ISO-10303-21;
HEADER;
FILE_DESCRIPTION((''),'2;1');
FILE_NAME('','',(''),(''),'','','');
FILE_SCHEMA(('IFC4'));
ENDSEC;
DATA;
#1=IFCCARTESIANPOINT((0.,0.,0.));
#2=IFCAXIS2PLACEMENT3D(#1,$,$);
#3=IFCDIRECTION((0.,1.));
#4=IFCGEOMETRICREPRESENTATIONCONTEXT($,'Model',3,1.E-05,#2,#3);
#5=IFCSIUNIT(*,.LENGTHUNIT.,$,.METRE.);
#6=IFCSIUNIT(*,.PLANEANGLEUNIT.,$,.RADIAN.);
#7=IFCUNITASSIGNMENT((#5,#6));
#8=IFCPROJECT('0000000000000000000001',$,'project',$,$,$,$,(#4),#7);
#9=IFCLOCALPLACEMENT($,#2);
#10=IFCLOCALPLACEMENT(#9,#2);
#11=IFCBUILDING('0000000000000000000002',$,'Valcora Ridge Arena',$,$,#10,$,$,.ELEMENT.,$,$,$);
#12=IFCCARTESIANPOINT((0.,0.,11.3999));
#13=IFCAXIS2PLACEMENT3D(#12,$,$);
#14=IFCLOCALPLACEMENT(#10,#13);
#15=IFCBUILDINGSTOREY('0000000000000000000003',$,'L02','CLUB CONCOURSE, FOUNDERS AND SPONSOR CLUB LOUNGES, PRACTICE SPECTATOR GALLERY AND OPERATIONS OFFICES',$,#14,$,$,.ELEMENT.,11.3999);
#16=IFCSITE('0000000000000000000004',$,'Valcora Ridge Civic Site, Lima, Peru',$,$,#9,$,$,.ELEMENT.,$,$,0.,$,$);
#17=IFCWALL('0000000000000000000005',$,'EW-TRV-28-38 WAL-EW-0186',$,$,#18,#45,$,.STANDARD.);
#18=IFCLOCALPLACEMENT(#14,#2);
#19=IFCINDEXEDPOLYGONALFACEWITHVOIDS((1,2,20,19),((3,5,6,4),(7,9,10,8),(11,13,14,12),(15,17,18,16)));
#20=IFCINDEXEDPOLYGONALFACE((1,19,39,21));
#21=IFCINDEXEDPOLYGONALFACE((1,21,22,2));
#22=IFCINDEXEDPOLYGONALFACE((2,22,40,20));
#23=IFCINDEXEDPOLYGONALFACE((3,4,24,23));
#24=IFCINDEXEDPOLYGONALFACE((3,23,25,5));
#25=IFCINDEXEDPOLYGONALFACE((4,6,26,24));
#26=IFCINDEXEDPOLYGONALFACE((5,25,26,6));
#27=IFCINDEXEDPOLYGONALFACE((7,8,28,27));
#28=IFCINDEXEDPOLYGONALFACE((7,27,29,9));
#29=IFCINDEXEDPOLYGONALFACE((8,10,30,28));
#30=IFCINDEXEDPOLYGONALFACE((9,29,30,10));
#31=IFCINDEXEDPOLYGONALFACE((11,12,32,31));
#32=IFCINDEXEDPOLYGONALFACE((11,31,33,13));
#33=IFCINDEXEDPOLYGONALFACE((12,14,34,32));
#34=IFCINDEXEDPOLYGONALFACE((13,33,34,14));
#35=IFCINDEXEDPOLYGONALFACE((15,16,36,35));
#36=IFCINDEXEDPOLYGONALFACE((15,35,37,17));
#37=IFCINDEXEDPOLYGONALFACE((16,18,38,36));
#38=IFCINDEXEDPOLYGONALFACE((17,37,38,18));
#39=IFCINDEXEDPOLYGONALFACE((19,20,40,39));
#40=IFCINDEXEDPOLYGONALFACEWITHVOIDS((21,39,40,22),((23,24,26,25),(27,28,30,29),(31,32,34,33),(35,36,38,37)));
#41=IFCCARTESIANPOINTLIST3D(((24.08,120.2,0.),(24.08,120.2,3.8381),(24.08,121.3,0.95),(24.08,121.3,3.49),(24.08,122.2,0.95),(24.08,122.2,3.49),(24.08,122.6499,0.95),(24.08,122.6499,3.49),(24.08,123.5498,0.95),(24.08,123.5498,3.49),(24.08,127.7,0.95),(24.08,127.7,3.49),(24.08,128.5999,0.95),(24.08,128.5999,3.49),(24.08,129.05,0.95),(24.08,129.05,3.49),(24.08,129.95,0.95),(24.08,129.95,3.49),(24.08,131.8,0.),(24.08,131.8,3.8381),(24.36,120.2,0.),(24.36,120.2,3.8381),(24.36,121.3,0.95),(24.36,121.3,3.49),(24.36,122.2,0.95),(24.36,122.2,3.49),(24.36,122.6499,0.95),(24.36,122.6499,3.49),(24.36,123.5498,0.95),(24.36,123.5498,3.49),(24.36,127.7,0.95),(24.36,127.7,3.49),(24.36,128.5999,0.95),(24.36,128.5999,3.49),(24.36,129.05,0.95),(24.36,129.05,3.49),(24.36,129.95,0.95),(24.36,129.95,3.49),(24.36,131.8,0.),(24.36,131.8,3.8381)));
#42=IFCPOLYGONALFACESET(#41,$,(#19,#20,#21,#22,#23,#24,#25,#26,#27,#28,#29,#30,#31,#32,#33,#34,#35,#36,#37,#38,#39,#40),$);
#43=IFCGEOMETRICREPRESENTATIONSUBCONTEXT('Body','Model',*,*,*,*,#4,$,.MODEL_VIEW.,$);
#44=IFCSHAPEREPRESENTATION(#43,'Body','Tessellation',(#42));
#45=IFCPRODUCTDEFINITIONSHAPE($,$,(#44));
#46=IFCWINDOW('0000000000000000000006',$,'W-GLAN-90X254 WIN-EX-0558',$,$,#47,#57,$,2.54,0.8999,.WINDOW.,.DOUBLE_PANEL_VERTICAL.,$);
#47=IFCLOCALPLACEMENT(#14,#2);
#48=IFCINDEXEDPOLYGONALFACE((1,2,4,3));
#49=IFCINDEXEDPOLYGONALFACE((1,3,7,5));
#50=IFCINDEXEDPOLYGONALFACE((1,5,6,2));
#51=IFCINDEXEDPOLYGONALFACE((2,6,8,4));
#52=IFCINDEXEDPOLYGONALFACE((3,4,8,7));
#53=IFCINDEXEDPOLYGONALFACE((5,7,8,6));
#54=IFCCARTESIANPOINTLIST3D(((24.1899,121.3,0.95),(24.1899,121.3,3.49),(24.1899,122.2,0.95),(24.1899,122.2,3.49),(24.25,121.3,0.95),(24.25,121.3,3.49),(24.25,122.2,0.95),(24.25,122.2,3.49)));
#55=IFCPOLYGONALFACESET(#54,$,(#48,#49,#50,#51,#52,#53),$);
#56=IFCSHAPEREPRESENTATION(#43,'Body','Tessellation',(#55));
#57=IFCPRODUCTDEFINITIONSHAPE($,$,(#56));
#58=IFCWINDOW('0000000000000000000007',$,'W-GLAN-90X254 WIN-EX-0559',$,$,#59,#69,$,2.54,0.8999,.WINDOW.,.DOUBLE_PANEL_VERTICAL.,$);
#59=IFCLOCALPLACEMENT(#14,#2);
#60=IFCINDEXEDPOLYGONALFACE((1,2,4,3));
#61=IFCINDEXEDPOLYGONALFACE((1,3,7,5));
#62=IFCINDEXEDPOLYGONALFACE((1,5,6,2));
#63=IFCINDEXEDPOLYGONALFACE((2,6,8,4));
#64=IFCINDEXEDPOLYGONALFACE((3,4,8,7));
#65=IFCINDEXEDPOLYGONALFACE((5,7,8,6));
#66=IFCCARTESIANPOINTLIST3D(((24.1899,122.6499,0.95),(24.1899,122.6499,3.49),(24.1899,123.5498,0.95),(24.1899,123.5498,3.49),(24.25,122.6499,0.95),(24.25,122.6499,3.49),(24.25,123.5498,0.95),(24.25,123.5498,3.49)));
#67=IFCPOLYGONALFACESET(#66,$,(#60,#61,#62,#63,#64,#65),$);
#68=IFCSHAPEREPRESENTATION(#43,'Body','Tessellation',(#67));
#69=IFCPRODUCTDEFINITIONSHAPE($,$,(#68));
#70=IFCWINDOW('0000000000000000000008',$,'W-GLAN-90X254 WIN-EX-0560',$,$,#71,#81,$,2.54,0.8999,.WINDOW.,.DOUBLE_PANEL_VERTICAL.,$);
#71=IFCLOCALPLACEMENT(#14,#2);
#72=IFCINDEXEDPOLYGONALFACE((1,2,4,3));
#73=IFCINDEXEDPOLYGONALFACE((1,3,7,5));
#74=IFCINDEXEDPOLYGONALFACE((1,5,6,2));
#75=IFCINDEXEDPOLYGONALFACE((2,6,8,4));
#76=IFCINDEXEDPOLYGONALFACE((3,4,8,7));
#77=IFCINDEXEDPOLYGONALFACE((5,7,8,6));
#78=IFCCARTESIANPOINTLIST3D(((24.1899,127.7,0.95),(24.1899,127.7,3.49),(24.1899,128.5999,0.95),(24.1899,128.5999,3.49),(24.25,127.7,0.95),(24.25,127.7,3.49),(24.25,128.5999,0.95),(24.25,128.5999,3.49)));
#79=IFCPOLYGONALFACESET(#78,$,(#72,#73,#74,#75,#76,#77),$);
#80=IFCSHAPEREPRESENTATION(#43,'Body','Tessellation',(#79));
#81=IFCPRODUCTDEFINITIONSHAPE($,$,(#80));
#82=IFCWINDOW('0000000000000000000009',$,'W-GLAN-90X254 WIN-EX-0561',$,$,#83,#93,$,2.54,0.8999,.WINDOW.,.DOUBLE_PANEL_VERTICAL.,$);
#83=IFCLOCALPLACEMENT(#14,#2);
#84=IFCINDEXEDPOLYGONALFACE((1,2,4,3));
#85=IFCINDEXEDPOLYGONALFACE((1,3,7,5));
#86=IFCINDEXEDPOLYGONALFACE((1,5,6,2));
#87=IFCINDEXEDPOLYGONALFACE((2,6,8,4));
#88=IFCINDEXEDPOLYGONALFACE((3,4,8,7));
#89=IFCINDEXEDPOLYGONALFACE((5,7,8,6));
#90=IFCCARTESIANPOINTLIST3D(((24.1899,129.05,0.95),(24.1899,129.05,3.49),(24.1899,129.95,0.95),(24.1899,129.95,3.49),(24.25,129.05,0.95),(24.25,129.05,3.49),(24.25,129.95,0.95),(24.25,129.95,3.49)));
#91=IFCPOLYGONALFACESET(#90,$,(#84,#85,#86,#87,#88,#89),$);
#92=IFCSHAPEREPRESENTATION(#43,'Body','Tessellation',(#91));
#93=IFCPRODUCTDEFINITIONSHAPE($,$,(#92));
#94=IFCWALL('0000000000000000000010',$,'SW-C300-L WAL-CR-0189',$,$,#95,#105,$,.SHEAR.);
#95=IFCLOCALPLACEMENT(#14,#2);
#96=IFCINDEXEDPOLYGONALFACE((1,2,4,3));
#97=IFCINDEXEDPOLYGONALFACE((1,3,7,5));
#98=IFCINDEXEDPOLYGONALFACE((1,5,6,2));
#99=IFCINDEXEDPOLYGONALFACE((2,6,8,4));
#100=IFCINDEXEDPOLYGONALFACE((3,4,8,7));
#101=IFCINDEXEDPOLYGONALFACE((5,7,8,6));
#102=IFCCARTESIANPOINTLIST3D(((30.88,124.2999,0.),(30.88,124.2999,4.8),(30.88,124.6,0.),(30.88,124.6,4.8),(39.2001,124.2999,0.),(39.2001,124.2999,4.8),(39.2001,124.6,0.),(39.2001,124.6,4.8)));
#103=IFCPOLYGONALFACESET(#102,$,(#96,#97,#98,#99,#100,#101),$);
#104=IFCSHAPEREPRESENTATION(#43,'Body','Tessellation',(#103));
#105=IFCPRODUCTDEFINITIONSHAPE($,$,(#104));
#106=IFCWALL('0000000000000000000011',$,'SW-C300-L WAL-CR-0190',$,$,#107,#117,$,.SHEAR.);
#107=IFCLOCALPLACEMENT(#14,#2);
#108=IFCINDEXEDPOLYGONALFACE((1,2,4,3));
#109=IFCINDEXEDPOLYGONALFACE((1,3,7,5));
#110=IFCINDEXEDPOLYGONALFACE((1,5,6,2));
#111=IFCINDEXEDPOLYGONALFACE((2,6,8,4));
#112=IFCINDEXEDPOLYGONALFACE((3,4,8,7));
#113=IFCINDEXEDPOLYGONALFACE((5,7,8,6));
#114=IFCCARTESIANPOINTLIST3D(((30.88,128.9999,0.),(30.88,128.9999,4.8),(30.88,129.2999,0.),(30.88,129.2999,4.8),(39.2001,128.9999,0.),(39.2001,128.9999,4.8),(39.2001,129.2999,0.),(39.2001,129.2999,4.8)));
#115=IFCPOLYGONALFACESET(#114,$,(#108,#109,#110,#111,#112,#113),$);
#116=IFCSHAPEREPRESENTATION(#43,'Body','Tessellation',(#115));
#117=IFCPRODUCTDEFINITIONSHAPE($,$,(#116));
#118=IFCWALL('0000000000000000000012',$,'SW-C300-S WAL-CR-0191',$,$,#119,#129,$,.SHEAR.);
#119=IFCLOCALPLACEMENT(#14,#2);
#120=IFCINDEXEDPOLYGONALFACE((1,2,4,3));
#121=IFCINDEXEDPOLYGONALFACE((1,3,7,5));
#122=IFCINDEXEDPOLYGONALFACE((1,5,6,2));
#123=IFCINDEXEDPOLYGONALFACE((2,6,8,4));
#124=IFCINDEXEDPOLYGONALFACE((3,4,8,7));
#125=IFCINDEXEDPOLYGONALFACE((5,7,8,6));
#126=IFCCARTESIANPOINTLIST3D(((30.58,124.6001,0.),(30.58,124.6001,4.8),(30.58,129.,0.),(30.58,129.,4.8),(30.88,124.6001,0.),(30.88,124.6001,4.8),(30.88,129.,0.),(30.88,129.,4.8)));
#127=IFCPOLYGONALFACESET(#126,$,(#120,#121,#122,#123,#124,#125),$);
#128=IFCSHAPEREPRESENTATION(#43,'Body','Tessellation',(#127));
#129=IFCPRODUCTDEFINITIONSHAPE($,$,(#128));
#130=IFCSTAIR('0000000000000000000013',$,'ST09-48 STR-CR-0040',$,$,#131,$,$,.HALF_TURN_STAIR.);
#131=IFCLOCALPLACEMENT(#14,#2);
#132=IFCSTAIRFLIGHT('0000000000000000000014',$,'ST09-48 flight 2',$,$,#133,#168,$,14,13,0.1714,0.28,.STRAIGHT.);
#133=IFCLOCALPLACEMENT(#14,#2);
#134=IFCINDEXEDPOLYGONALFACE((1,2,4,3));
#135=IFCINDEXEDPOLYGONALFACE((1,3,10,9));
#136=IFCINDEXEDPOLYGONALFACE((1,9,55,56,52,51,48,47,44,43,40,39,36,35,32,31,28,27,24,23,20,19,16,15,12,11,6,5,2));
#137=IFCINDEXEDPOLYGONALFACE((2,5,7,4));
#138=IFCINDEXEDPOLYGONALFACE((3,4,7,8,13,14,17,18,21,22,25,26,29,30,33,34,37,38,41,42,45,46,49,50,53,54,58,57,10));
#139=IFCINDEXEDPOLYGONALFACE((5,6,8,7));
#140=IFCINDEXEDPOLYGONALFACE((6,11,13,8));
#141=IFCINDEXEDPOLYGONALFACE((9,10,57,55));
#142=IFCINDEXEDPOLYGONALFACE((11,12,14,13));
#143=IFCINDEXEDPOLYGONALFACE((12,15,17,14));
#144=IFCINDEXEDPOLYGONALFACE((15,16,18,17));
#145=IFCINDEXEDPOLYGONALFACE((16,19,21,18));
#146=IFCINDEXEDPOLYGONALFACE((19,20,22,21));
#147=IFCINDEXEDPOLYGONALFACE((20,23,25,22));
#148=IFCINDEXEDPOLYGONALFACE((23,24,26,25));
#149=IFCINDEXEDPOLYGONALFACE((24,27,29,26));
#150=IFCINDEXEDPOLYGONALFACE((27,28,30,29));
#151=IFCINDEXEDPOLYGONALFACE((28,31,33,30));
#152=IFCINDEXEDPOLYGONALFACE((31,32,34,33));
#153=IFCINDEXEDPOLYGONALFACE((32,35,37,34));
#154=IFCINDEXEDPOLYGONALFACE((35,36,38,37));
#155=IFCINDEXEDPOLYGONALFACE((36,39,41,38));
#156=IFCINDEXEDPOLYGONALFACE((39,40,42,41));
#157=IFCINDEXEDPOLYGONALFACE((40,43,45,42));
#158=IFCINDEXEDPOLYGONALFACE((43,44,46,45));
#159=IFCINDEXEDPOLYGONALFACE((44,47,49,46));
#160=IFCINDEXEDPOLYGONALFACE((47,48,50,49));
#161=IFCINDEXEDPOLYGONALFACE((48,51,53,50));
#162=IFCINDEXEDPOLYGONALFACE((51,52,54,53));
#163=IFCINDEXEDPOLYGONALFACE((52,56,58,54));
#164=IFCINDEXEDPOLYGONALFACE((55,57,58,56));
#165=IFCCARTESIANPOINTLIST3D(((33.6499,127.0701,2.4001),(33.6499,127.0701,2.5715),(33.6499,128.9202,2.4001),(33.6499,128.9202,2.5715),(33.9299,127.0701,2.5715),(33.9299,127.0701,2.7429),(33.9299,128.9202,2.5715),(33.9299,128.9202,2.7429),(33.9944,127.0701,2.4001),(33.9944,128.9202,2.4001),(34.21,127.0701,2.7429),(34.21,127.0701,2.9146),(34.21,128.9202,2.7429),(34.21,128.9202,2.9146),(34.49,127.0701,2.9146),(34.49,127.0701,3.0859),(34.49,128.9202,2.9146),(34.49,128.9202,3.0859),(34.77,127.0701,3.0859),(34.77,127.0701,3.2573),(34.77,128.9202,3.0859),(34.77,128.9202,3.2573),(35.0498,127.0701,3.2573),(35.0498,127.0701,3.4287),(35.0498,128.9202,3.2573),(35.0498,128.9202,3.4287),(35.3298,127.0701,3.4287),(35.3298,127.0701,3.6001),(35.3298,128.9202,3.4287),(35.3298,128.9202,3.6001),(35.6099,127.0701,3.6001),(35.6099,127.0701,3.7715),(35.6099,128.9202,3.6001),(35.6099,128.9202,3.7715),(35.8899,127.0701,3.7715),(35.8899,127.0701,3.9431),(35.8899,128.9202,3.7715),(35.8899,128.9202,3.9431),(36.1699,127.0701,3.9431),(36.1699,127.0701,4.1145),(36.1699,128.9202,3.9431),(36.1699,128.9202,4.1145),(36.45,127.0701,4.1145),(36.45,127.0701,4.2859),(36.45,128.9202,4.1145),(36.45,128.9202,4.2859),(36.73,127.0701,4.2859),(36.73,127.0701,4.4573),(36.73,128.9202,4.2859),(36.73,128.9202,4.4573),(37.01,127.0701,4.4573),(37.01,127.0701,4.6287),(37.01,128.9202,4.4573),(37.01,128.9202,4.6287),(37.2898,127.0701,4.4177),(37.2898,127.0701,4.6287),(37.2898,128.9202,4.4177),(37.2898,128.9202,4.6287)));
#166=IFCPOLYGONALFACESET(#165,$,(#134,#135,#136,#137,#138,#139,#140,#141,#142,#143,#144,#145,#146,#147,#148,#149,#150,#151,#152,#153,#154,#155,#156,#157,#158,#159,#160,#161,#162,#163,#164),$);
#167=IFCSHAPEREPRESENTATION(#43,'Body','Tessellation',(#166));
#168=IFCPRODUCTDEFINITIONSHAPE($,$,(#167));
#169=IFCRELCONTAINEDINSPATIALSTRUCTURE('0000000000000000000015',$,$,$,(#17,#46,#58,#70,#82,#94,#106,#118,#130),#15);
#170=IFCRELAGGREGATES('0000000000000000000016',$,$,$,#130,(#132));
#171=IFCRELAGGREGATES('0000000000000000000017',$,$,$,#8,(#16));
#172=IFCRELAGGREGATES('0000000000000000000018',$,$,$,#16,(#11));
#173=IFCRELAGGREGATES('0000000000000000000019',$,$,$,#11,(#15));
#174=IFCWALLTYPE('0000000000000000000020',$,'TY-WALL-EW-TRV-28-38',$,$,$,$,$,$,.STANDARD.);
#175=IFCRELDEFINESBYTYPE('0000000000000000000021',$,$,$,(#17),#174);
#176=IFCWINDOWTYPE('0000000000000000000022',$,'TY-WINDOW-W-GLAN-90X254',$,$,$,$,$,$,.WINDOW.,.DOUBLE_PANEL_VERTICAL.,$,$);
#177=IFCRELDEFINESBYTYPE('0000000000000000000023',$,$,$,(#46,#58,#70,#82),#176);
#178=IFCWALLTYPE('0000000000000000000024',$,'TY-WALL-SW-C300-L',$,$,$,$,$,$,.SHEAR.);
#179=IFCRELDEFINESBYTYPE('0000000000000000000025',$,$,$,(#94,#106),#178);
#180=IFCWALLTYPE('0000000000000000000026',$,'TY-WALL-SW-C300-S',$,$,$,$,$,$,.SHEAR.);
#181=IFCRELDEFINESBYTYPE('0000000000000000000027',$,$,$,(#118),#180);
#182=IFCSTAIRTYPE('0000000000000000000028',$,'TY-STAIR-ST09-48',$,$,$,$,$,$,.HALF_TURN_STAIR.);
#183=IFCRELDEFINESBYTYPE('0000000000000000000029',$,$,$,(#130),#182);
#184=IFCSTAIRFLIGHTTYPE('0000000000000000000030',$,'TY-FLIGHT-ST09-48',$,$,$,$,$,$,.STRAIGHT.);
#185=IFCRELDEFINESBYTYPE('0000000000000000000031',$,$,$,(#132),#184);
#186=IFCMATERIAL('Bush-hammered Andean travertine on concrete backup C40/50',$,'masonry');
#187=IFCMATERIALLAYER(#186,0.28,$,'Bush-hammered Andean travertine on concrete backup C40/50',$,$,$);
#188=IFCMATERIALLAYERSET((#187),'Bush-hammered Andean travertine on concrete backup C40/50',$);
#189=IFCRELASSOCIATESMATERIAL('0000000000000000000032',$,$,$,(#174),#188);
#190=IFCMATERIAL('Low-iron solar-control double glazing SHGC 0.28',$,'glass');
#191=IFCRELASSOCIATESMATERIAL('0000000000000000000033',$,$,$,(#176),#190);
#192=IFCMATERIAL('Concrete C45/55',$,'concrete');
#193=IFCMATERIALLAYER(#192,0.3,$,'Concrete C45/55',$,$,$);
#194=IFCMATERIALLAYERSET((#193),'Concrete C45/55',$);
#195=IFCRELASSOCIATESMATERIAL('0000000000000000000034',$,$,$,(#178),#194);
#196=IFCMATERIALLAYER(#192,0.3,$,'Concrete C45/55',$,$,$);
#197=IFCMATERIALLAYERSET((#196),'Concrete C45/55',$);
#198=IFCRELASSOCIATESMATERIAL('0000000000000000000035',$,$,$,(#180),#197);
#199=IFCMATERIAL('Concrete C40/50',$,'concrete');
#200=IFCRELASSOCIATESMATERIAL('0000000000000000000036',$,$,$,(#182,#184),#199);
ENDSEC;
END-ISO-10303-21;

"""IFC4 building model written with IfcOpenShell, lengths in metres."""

from ifc_helpers import new_model, si_unit, direction, frame, frame_2d, origin, place, context, subcontext, project, spatial, polyline, rectangle, outline, extrude, material, layer, layer_set, type_object, element, fill, aggregate, save


model = new_model("IFC4")

# Units and contexts
model_context = context("Model", 3, precision=1e-05, world=origin(), true_north=direction((0.0, 1.0)))
body_context = subcontext(model_context, "Body", "Model", "MODEL_VIEW")
ifc_project = project(units=[si_unit("LENGTHUNIT", "METRE"), si_unit("PLANEANGLEUNIT", "RADIAN")], contexts=[model_context])

# Site, building, storey
site_placement = place(None, origin())
site = spatial("IfcSite", under=ifc_project, at=site_placement, Name="Valcora Ridge Civic Site, Lima, Peru", CompositionType="ELEMENT", RefElevation=0.0)
building_placement = place(site_placement, origin())
building = spatial("IfcBuilding", under=site, at=building_placement, Name="Valcora Ridge Arena", CompositionType="ELEMENT")
storey_placement = place(building_placement, frame((0.0, 0.0, 11.3999)))
storey = spatial("IfcBuildingStorey", under=building, at=storey_placement, Name="L02", Description="CLUB CONCOURSE, FOUNDERS AND SPONSOR CLUB LOUNGES, PRACTICE SPECTATOR GALLERY AND OPERATIONS OFFICES", CompositionType="ELEMENT", Elevation=11.3999)

# Shared definitions
ifc_material_1 = material(Name="Concrete C40/50", Category="concrete")

# Wall, openings, windows
ifc_material_2 = material(Name="Bush-hammered Andean travertine on concrete backup C40/50", Category="masonry")
ifc_layer_1 = layer(ifc_material_2, 0.28, Name="Bush-hammered Andean travertine on concrete backup C40/50")
ifc_layer_set_1 = layer_set([ifc_layer_1], Name="Bush-hammered Andean travertine on concrete backup C40/50")
wall_type_1 = type_object("IfcWallType", Name="TY-WALL-EW-TRV-28-38", PredefinedType="STANDARD", material=ifc_layer_set_1)
ifc_material_3 = material(Name="Low-iron solar-control double glazing SHGC 0.28", Category="glass")
wall_1_placement = place(storey_placement, frame((24.22, 120.2, 0.0), z_axis=(0.0, 0.0, 1.0), x_axis=(0.0, 1.0, 0.0)))
wall_1 = element("IfcWall", 1, at=wall_1_placement, inside=storey, type_object=wall_type_1, Name="EW-TRV-28-38 WAL-EW-0186", PredefinedType="STANDARD", context=body_context, shape_type="SweptSolid", body=[
    extrude(rectangle(XDim=11.6001, YDim=0.28, at=frame_2d((5.8, 0.0))), origin(), (0.0, 0.0, 1.0), 3.8381),
])
opening_1_placement = place(wall_1_placement, frame((1.1001, 0.0, 0.95)))
opening_1 = element("IfcOpeningElement", 2, at=opening_1_placement, cuts=wall_1, PredefinedType="OPENING", context=body_context, shape_type="SweptSolid", body=[
    extrude(rectangle(XDim=0.8999, YDim=2.54, at=frame_2d((0.45, 1.27))), frame((0.0, 0.1499, 0.0), z_axis=(0.0, -1.0, 0.0), x_axis=(1.0, 0.0, 0.0)), (0.0, 0.0, 1.0), 0.3),
])
opening_2_placement = place(wall_1_placement, frame((2.45, 0.0, 0.95)))
opening_2 = element("IfcOpeningElement", 3, at=opening_2_placement, cuts=wall_1, PredefinedType="OPENING", context=body_context, shape_type="SweptSolid", body=[
    extrude(rectangle(XDim=0.8999, YDim=2.54, at=frame_2d((0.45, 1.27))), frame((0.0, 0.1499, 0.0), z_axis=(0.0, -1.0, 0.0), x_axis=(1.0, 0.0, 0.0)), (0.0, 0.0, 1.0), 0.3),
])
opening_3_placement = place(wall_1_placement, frame((7.5, 0.0, 0.95)))
opening_3 = element("IfcOpeningElement", 4, at=opening_3_placement, cuts=wall_1, PredefinedType="OPENING", context=body_context, shape_type="SweptSolid", body=[
    extrude(rectangle(XDim=0.8999, YDim=2.54, at=frame_2d((0.45, 1.27))), frame((0.0, 0.1499, 0.0), z_axis=(0.0, -1.0, 0.0), x_axis=(1.0, 0.0, 0.0)), (0.0, 0.0, 1.0), 0.3),
])
opening_4_placement = place(wall_1_placement, frame((8.8501, 0.0, 0.95)))
opening_4 = element("IfcOpeningElement", 5, at=opening_4_placement, cuts=wall_1, PredefinedType="OPENING", context=body_context, shape_type="SweptSolid", body=[
    extrude(rectangle(XDim=0.8999, YDim=2.54, at=frame_2d((0.45, 1.27))), frame((0.0, 0.1499, 0.0), z_axis=(0.0, -1.0, 0.0), x_axis=(1.0, 0.0, 0.0)), (0.0, 0.0, 1.0), 0.3),
])
window_type_1 = type_object("IfcWindowType", Name="TY-WINDOW-W-GLAN-90X254", PartitioningType="DOUBLE_PANEL_VERTICAL", PredefinedType="WINDOW", material=ifc_material_3)
window_1_placement = place(opening_1_placement, origin())
window_1 = element("IfcWindow", 6, at=window_1_placement, inside=storey, type_object=window_type_1, Name="W-GLAN-90X254 WIN-EX-0558", OverallHeight=2.54, OverallWidth=0.8999, PartitioningType="DOUBLE_PANEL_VERTICAL", PredefinedType="WINDOW", context=body_context, shape_type="SweptSolid", body=[
    extrude(rectangle(XDim=0.8999, YDim=2.54, at=frame_2d((0.45, 1.27))), frame((0.0, 0.03, 0.0), z_axis=(0.0, -1.0, 0.0), x_axis=(1.0, 0.0, 0.0)), (0.0, 0.0, 1.0), 0.0601),
])
fill(opening_1, window_1)
window_2_placement = place(opening_2_placement, origin())
window_2 = element("IfcWindow", 7, at=window_2_placement, inside=storey, type_object=window_type_1, Name="W-GLAN-90X254 WIN-EX-0559", OverallHeight=2.54, OverallWidth=0.8999, PartitioningType="DOUBLE_PANEL_VERTICAL", PredefinedType="WINDOW", context=body_context, shape_type="SweptSolid", body=[
    extrude(rectangle(XDim=0.8999, YDim=2.54, at=frame_2d((0.45, 1.27))), frame((0.0, 0.03, 0.0), z_axis=(0.0, -1.0, 0.0), x_axis=(1.0, 0.0, 0.0)), (0.0, 0.0, 1.0), 0.0601),
])
fill(opening_2, window_2)
window_3_placement = place(opening_3_placement, origin())
window_3 = element("IfcWindow", 8, at=window_3_placement, inside=storey, type_object=window_type_1, Name="W-GLAN-90X254 WIN-EX-0560", OverallHeight=2.54, OverallWidth=0.8999, PartitioningType="DOUBLE_PANEL_VERTICAL", PredefinedType="WINDOW", context=body_context, shape_type="SweptSolid", body=[
    extrude(rectangle(XDim=0.8999, YDim=2.54, at=frame_2d((0.45, 1.27))), frame((0.0, 0.03, 0.0), z_axis=(0.0, -1.0, 0.0), x_axis=(1.0, 0.0, 0.0)), (0.0, 0.0, 1.0), 0.0601),
])
fill(opening_3, window_3)
window_4_placement = place(opening_4_placement, origin())
window_4 = element("IfcWindow", 9, at=window_4_placement, inside=storey, type_object=window_type_1, Name="W-GLAN-90X254 WIN-EX-0561", OverallHeight=2.54, OverallWidth=0.8999, PartitioningType="DOUBLE_PANEL_VERTICAL", PredefinedType="WINDOW", context=body_context, shape_type="SweptSolid", body=[
    extrude(rectangle(XDim=0.8999, YDim=2.54, at=frame_2d((0.45, 1.27))), frame((0.0, 0.03, 0.0), z_axis=(0.0, -1.0, 0.0), x_axis=(1.0, 0.0, 0.0)), (0.0, 0.0, 1.0), 0.0601),
])
fill(opening_4, window_4)

# Walls
ifc_material_4 = material(Name="Concrete C45/55", Category="concrete")
ifc_layer_2 = layer(ifc_material_4, 0.3, Name="Concrete C45/55")
ifc_layer_set_2 = layer_set([ifc_layer_2], Name="Concrete C45/55")
wall_type_2 = type_object("IfcWallType", Name="TY-WALL-SW-C300-L", PredefinedType="SHEAR", material=ifc_layer_set_2)
for number, where, z_axis, x_axis, name in (
    (10, (30.8799, 124.45, 0.0), (0.0, 0.0, 1.0), (1.0, 0.0, 0.0), "SW-C300-L WAL-CR-0189"),
    (11, (30.8799, 129.1499, 0.0), (0.0, 0.0, 1.0), (1.0, 0.0, 0.0), "SW-C300-L WAL-CR-0190"),
):
    element("IfcWall", number, at=place(storey_placement, frame(where, z_axis=z_axis, x_axis=x_axis)), inside=storey, type_object=wall_type_2, Name=name, PredefinedType="SHEAR", context=body_context, shape_type="SweptSolid", body=[
        extrude(rectangle(XDim=8.3201, YDim=0.3, at=frame_2d((4.1602, 0.0))), origin(), (0.0, 0.0, 1.0), 4.8),
    ])
ifc_layer_3 = layer(ifc_material_4, 0.3, Name="Concrete C45/55")
ifc_layer_set_3 = layer_set([ifc_layer_3], Name="Concrete C45/55")
wall_type_3 = type_object("IfcWallType", Name="TY-WALL-SW-C300-S", PredefinedType="SHEAR", material=ifc_layer_set_3)
wall_2_placement = place(storey_placement, frame((30.73, 124.6001, 0.0), z_axis=(0.0, 0.0, 1.0), x_axis=(0.0, 1.0, 0.0)))
element("IfcWall", 12, at=wall_2_placement, inside=storey, type_object=wall_type_3, Name="SW-C300-S WAL-CR-0191", PredefinedType="SHEAR", context=body_context, shape_type="SweptSolid", body=[
    extrude(rectangle(XDim=4.3999, YDim=0.3, at=frame_2d((2.2, 0.0))), origin(), (0.0, 0.0, 1.0), 4.8),
])

# Stair, stair flight
stair_type = type_object("IfcStairType", Name="TY-STAIR-ST09-48", PredefinedType="HALF_TURN_STAIR", material=ifc_material_1)
stair_placement = place(storey_placement, origin())
stair = element("IfcStair", 13, at=stair_placement, inside=storey, type_object=stair_type, Name="ST09-48 STR-CR-0040", PredefinedType="HALF_TURN_STAIR")
stair_flight_type = type_object("IfcStairFlightType", Name="TY-FLIGHT-ST09-48", PredefinedType="STRAIGHT", material=ifc_material_1)
stair_flight_placement = place(storey_placement, frame((33.6499, 127.9951, 2.4001), z_axis=(0.0, 0.0, 1.0), x_axis=(1.0, 0.0, 0.0)))
stair_flight = element("IfcStairFlight", 14, at=stair_flight_placement, type_object=stair_flight_type, Name="ST09-48 flight 2", NumberOfRisers=14, NumberOfTreads=13, PredefinedType="STRAIGHT", RiserHeight=0.1714, TreadLength=0.28, context=body_context, shape_type="SweptSolid", body=[
    extrude(outline(polyline([(0.0, 0.0), (0.0, 0.1714), (0.28, 0.1714), (0.28, 0.3428), (0.5601, 0.3428), (0.5601, 0.5144), (0.8401, 0.5144), (0.8401, 0.6858), (1.1201, 0.6858), (1.1201, 0.8572), (1.3999, 0.8572), (1.3999, 1.0286), (1.6799, 1.0286), (1.6799, 1.2), (1.96, 1.2), (1.96, 1.3713), (2.24, 1.3713), (2.24, 1.543), (2.52, 1.543), (2.52, 1.7144), (2.8, 1.7144), (2.8, 1.8857), (3.0801, 1.8857), (3.0801, 2.0571), (3.3601, 2.0571), (3.3601, 2.2285), (3.6399, 2.2285), (3.6399, 2.3999), (3.6399, 2.0176), (0.3445, 0.0), (0.0, 0.0)])), frame((0.0, 0.925, 0.0), z_axis=(0.0, -1.0, 0.0), x_axis=(1.0, 0.0, 0.0)), (0.0, 0.0, 1.0), 1.8501),
])
aggregate(stair, [stair_flight])

save(model, "model.ifc")
